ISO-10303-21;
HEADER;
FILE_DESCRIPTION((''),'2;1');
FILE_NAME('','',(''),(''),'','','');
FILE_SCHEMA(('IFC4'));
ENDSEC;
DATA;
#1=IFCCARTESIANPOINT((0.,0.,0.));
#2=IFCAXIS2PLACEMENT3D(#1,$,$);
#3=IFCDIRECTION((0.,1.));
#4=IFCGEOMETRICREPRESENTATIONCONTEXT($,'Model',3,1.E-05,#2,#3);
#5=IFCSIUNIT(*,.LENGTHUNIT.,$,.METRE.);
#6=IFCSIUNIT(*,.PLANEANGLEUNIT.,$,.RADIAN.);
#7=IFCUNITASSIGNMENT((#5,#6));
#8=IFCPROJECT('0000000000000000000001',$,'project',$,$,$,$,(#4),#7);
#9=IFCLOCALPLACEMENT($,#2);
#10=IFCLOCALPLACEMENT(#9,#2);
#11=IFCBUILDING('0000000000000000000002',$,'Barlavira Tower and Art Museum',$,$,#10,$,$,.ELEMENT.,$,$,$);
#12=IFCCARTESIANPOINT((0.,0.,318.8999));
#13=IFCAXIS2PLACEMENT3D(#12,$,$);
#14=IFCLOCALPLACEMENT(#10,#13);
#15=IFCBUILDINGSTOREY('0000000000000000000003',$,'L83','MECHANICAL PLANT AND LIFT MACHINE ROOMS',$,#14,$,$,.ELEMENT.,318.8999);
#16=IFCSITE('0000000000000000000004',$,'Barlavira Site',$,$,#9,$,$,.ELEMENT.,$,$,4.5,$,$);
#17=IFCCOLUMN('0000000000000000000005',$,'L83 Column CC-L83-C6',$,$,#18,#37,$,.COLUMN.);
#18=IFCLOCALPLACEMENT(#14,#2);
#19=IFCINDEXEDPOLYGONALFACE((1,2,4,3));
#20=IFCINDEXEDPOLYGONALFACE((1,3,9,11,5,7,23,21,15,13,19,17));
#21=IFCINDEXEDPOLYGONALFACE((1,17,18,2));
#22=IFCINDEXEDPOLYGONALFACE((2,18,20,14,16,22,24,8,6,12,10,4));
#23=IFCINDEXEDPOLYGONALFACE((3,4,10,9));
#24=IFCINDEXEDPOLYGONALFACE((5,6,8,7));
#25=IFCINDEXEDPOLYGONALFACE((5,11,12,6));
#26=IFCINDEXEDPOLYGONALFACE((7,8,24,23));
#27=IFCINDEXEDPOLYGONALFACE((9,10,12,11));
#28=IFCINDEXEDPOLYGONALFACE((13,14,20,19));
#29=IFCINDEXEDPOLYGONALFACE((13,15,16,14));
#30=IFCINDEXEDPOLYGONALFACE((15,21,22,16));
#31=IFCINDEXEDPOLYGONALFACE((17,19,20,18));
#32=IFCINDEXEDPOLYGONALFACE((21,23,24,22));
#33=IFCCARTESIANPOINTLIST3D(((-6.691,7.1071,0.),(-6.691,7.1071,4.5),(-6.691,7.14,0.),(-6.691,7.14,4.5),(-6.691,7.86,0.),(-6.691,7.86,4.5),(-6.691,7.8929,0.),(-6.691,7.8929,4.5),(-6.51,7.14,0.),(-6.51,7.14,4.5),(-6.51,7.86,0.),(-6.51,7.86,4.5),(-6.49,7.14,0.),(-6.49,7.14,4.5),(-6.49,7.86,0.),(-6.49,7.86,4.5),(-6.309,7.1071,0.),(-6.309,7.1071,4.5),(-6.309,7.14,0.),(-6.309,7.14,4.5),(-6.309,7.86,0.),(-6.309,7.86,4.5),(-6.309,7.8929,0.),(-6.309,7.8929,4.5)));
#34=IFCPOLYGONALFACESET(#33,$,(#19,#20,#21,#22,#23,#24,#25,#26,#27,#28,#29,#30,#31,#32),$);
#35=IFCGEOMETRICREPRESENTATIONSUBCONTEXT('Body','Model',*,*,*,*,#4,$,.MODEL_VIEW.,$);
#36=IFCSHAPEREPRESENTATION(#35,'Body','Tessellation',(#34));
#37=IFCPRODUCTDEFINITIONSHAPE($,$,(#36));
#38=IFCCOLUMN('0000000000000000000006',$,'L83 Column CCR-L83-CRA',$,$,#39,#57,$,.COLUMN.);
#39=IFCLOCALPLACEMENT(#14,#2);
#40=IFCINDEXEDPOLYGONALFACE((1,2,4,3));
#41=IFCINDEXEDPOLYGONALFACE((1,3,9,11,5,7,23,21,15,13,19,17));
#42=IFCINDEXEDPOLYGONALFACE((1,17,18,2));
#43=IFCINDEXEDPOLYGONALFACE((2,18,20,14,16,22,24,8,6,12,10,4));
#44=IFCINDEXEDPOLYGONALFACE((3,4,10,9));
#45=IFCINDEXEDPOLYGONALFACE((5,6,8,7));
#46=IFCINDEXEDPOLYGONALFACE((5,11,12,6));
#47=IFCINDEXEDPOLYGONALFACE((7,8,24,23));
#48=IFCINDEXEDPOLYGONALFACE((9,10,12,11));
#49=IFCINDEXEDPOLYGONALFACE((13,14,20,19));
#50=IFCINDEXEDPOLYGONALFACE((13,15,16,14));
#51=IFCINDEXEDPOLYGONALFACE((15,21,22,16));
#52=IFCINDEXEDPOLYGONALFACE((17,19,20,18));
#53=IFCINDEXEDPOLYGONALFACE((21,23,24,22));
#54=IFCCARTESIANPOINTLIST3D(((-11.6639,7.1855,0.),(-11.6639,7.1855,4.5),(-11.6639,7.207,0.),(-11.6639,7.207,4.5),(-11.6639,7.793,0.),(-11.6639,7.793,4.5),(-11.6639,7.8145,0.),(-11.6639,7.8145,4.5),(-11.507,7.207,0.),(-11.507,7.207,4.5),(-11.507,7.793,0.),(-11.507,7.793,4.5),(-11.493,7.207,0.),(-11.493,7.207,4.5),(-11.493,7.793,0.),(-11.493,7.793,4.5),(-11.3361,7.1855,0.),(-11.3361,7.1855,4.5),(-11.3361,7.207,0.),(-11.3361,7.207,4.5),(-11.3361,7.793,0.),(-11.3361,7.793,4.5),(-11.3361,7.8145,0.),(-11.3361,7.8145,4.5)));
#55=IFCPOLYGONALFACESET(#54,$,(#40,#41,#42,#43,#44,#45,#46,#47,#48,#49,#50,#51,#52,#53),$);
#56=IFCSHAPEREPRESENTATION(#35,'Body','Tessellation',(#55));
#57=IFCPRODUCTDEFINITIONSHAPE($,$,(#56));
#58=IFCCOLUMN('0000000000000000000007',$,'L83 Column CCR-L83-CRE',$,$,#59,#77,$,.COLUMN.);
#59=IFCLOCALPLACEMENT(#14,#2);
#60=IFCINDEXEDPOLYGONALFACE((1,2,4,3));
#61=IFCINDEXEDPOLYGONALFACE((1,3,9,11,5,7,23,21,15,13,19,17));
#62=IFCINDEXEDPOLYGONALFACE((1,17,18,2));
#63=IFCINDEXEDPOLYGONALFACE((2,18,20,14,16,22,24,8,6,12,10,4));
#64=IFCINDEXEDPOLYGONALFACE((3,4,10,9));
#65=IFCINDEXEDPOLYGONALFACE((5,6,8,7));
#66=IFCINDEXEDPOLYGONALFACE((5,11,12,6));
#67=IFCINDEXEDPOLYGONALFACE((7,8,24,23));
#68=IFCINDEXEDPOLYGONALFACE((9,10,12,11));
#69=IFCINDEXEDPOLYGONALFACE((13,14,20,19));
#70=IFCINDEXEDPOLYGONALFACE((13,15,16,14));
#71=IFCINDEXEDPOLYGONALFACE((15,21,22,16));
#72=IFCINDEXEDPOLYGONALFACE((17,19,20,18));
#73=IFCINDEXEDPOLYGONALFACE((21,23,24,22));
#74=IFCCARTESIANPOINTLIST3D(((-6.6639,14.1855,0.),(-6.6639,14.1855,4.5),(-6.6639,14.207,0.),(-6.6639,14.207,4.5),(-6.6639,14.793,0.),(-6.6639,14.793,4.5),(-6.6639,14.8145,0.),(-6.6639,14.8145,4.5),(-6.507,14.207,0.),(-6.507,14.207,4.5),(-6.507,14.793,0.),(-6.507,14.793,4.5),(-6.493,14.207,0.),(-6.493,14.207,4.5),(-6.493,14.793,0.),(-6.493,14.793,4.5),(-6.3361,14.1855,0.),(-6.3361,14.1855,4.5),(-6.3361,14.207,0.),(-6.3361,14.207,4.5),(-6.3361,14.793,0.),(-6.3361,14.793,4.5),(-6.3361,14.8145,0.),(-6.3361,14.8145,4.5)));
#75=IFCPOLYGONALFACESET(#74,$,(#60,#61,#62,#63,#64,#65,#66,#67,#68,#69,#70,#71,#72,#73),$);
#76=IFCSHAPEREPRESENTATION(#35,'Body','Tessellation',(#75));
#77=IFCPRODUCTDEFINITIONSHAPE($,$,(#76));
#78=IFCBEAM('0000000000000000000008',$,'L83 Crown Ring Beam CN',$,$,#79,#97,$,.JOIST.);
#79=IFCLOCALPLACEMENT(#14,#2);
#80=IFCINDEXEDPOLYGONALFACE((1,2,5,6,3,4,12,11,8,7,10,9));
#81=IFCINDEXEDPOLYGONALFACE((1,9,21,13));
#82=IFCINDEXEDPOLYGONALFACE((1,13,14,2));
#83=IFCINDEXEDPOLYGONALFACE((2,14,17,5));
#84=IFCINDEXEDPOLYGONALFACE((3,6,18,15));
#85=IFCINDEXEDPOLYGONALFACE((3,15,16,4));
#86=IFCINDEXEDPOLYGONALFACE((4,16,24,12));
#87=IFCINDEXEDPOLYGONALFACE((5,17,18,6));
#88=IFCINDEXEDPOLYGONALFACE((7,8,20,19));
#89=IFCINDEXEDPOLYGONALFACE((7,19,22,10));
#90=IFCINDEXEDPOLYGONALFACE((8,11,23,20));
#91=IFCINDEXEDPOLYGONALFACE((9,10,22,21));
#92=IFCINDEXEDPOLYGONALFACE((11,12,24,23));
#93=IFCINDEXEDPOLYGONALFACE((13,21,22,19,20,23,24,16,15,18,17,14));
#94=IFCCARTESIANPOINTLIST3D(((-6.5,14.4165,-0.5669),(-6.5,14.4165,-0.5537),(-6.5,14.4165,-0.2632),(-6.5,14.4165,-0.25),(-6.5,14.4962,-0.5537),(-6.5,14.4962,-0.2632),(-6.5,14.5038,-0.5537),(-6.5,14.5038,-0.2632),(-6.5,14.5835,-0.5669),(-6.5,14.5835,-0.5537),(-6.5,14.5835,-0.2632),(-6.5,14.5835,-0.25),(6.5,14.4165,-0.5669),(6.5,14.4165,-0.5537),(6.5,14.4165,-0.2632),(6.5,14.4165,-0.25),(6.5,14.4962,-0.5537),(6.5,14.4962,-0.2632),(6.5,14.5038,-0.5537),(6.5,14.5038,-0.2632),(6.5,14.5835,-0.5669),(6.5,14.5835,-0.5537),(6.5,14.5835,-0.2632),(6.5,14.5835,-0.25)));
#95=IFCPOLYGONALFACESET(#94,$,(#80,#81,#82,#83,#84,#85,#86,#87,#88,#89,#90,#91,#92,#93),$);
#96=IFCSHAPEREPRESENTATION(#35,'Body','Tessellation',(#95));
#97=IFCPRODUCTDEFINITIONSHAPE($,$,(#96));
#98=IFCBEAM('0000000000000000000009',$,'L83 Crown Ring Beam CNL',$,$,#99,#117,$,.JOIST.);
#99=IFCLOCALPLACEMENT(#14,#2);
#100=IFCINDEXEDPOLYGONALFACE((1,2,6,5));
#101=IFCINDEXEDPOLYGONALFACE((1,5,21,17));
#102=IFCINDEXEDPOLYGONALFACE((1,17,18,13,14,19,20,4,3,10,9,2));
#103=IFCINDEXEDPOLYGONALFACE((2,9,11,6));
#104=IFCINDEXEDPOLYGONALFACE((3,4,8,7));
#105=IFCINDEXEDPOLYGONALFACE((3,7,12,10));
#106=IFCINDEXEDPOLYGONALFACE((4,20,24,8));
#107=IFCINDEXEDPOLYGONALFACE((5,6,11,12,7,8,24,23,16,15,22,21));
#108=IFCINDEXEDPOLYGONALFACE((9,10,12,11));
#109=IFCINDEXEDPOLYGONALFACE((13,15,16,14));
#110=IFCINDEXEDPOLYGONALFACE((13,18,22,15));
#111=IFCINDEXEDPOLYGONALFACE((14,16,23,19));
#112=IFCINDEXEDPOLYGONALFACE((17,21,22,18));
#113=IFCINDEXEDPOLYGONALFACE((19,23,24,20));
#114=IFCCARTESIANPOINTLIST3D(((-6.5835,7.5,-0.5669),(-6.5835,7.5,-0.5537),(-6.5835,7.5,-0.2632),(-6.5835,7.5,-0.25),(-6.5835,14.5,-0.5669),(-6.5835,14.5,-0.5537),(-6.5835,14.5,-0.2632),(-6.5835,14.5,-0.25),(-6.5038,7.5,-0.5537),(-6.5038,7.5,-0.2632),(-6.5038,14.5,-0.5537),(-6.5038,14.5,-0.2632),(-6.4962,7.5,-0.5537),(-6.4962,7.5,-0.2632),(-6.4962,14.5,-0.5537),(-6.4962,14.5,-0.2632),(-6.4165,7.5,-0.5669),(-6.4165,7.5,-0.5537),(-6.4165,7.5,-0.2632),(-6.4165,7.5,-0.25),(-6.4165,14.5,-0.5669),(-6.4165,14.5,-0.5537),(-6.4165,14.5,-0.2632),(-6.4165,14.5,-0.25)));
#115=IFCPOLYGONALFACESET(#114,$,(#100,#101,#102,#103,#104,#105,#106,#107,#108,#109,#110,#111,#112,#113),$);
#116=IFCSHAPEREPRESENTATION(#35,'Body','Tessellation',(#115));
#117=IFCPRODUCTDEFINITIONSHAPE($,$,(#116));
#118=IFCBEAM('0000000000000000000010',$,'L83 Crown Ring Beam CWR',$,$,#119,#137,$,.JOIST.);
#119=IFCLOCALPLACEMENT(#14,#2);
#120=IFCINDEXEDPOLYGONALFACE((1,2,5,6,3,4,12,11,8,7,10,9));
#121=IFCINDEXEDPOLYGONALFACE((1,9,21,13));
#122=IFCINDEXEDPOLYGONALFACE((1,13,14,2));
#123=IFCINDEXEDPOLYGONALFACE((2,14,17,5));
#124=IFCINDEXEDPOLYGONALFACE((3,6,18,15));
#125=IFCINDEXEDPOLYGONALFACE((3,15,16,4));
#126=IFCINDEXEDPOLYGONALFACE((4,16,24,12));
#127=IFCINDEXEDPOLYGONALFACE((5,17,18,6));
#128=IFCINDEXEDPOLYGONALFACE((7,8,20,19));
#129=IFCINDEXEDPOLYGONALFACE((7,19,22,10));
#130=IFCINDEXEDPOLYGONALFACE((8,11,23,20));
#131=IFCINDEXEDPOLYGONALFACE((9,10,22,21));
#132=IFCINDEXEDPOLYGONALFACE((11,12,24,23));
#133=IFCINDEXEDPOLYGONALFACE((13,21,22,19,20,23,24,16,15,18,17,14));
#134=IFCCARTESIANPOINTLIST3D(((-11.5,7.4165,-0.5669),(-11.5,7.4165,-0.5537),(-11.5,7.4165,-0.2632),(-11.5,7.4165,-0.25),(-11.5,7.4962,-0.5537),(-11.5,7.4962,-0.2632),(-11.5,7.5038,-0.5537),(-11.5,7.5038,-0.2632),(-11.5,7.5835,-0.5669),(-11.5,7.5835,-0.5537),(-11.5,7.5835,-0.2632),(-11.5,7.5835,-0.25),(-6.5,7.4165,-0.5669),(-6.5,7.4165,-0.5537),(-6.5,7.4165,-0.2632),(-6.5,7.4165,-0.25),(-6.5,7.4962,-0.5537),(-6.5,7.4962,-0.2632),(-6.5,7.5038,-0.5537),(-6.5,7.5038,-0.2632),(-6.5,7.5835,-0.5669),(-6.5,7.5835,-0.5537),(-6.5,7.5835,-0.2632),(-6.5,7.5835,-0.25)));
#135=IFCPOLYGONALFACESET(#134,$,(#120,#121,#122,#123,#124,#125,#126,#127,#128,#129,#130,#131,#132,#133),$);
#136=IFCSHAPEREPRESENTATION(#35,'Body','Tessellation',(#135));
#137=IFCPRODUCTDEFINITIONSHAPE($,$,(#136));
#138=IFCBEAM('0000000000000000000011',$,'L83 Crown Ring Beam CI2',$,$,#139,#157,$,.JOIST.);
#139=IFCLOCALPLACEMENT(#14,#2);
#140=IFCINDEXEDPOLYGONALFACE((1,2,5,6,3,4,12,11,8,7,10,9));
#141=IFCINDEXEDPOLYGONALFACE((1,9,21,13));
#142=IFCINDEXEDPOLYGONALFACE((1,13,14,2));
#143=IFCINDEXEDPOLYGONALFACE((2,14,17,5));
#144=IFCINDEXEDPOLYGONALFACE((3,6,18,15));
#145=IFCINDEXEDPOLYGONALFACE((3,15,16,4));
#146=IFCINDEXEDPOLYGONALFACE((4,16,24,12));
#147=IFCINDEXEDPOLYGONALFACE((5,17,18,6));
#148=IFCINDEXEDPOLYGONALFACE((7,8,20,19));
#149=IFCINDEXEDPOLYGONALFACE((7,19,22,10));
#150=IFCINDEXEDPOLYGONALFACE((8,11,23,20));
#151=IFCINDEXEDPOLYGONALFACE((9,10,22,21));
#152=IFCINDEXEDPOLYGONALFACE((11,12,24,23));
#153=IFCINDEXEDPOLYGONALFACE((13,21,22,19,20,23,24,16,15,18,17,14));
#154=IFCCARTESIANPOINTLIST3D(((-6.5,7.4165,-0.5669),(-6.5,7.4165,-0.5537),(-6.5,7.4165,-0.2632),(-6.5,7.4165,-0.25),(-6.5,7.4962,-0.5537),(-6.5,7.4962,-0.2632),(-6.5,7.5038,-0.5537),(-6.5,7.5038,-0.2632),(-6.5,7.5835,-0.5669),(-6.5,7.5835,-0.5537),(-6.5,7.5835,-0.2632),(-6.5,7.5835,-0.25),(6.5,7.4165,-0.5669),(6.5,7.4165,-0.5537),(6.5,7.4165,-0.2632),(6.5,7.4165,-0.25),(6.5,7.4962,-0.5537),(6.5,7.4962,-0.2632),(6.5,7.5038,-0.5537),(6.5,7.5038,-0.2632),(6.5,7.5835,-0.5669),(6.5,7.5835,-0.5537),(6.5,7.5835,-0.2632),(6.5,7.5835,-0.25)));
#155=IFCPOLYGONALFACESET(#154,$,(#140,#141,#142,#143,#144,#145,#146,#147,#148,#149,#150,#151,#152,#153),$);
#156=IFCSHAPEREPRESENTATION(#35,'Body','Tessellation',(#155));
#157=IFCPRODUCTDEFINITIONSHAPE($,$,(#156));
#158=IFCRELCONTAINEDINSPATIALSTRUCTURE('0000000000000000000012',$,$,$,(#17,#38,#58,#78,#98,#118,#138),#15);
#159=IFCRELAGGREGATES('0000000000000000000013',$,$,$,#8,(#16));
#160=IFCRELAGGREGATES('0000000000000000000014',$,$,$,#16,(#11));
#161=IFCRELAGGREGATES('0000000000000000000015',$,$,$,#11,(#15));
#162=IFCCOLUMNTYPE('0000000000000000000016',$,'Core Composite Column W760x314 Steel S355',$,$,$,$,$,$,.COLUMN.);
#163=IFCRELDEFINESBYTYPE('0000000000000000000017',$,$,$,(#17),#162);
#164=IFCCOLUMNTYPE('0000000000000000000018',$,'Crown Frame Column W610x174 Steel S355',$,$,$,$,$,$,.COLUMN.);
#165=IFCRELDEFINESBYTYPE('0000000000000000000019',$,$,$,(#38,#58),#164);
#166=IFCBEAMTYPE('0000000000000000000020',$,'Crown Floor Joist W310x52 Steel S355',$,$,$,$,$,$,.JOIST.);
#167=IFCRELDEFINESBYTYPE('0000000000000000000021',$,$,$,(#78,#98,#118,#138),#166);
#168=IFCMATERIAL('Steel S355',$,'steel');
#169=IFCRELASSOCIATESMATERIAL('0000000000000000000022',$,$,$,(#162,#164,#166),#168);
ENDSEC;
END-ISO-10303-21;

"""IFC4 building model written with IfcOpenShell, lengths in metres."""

from ifc_helpers import new_model, si_unit, direction, frame, origin, origin_2d, place, context, subcontext, project, spatial, i_section, extrude, material, material_profile, profile_set, type_object, element, save


model = new_model("IFC4")

# Units and contexts
model_context = context("Model", 3, precision=1e-05, world=origin(), true_north=direction((0.0, 1.0)))
body_context = subcontext(model_context, "Body", "Model", "MODEL_VIEW")
ifc_project = project(units=[si_unit("LENGTHUNIT", "METRE"), si_unit("PLANEANGLEUNIT", "RADIAN")], contexts=[model_context])

# Site, building, storey
site_placement = place(None, origin())
site = spatial("IfcSite", under=ifc_project, at=site_placement, Name="Barlavira Site", CompositionType="ELEMENT", RefElevation=4.5)
building_placement = place(site_placement, origin())
building = spatial("IfcBuilding", under=site, at=building_placement, Name="Barlavira Tower and Art Museum", CompositionType="ELEMENT")
storey_placement = place(building_placement, frame((0.0, 0.0, 318.8999)))
storey = spatial("IfcBuildingStorey", under=building, at=storey_placement, Name="L83", Description="MECHANICAL PLANT AND LIFT MACHINE ROOMS", CompositionType="ELEMENT", Elevation=318.8999)

# Columns
ifc_material_1 = material(Name="Steel S355", Category="steel")
ifc_material_profile_1 = material_profile(ifc_material_1, i_section(OverallWidth=0.3821, OverallDepth=0.7859, WebThickness=0.02, FlangeThickness=0.033, at=origin_2d()), Name="W760x314.0")
ifc_profile_set_1 = profile_set([ifc_material_profile_1], Name="Steel S355")
column_type_1 = type_object("IfcColumnType", Name="Core Composite Column W760x314 Steel S355", PredefinedType="COLUMN", material=ifc_profile_set_1)
column_placement = place(storey_placement, frame((-6.5, 7.5, 0.0), z_axis=(0.0, 0.0, 1.0), x_axis=(1.0, 0.0, 0.0)))
element("IfcColumn", 1, at=column_placement, inside=storey, type_object=column_type_1, Name="L83 Column CC-L83-C6", PredefinedType="COLUMN", context=body_context, shape_type="SweptSolid", body=[
    extrude(i_section(OverallWidth=0.3821, OverallDepth=0.7859, WebThickness=0.02, FlangeThickness=0.033, at=origin_2d()), origin(), (0.0, 0.0, 1.0), 4.5),
])
ifc_material_profile_2 = material_profile(ifc_material_1, i_section(OverallWidth=0.3279, OverallDepth=0.6289, WebThickness=0.0139, FlangeThickness=0.0215, at=origin_2d()), Name="W610x174.0")
ifc_profile_set_2 = profile_set([ifc_material_profile_2], Name="Steel S355")
column_type_2 = type_object("IfcColumnType", Name="Crown Frame Column W610x174 Steel S355", PredefinedType="COLUMN", material=ifc_profile_set_2)
for number, where, z_axis, x_axis, name in (
    (2, (-11.5, 7.5, 0.0), (0.0, 0.0, 1.0), (1.0, 0.0, 0.0), "L83 Column CCR-L83-CRA"),
    (3, (-6.5, 14.5, 0.0), (0.0, 0.0, 1.0), (1.0, 0.0, 0.0), "L83 Column CCR-L83-CRE"),
):
    element("IfcColumn", number, at=place(storey_placement, frame(where, z_axis=z_axis, x_axis=x_axis)), inside=storey, type_object=column_type_2, Name=name, PredefinedType="COLUMN", context=body_context, shape_type="SweptSolid", body=[
        extrude(i_section(OverallWidth=0.3279, OverallDepth=0.6289, WebThickness=0.0139, FlangeThickness=0.0215, at=origin_2d()), origin(), (0.0, 0.0, 1.0), 4.5),
    ])

# Beams
ifc_material_profile_3 = material_profile(ifc_material_1, i_section(OverallWidth=0.167, OverallDepth=0.3169, WebThickness=0.0076, FlangeThickness=0.0132, at=origin_2d()), Name="W310x52.0")
ifc_profile_set_3 = profile_set([ifc_material_profile_3], Name="Steel S355")
beam_type = type_object("IfcBeamType", Name="Crown Floor Joist W310x52 Steel S355", PredefinedType="JOIST", material=ifc_profile_set_3)
beam_1_placement = place(storey_placement, frame((-6.5, 14.5, -0.4084), z_axis=(1.0, 0.0, 0.0), x_axis=(0.0, 1.0, 0.0)))
element("IfcBeam", 4, at=beam_1_placement, inside=storey, type_object=beam_type, Name="L83 Crown Ring Beam CN", PredefinedType="JOIST", context=body_context, shape_type="SweptSolid", body=[
    extrude(i_section(OverallWidth=0.167, OverallDepth=0.3169, WebThickness=0.0076, FlangeThickness=0.0132, at=origin_2d()), origin(), (0.0, 0.0, 1.0), 13.0),
])
beam_2_placement = place(storey_placement, frame((-6.5, 7.5, -0.4084), z_axis=(0.0, 1.0, 0.0), x_axis=(-1.0, 0.0, 0.0)))
element("IfcBeam", 5, at=beam_2_placement, inside=storey, type_object=beam_type, Name="L83 Crown Ring Beam CNL", PredefinedType="JOIST", context=body_context, shape_type="SweptSolid", body=[
    extrude(i_section(OverallWidth=0.167, OverallDepth=0.3169, WebThickness=0.0076, FlangeThickness=0.0132, at=origin_2d()), origin(), (0.0, 0.0, 1.0), 7.0),
])
beam_3_placement = place(storey_placement, frame((-11.5, 7.5, -0.4084), z_axis=(1.0, 0.0, 0.0), x_axis=(0.0, 1.0, 0.0)))
element("IfcBeam", 6, at=beam_3_placement, inside=storey, type_object=beam_type, Name="L83 Crown Ring Beam CWR", PredefinedType="JOIST", context=body_context, shape_type="SweptSolid", body=[
    extrude(i_section(OverallWidth=0.167, OverallDepth=0.3169, WebThickness=0.0076, FlangeThickness=0.0132, at=origin_2d()), origin(), (0.0, 0.0, 1.0), 5.0),
])
beam_4_placement = place(storey_placement, frame((-6.5, 7.5, -0.4084), z_axis=(1.0, 0.0, 0.0), x_axis=(0.0, 1.0, 0.0)))
element("IfcBeam", 7, at=beam_4_placement, inside=storey, type_object=beam_type, Name="L83 Crown Ring Beam CI2", PredefinedType="JOIST", context=body_context, shape_type="SweptSolid", body=[
    extrude(i_section(OverallWidth=0.167, OverallDepth=0.3169, WebThickness=0.0076, FlangeThickness=0.0132, at=origin_2d()), origin(), (0.0, 0.0, 1.0), 13.0),
])

save(model, "model.ifc")
